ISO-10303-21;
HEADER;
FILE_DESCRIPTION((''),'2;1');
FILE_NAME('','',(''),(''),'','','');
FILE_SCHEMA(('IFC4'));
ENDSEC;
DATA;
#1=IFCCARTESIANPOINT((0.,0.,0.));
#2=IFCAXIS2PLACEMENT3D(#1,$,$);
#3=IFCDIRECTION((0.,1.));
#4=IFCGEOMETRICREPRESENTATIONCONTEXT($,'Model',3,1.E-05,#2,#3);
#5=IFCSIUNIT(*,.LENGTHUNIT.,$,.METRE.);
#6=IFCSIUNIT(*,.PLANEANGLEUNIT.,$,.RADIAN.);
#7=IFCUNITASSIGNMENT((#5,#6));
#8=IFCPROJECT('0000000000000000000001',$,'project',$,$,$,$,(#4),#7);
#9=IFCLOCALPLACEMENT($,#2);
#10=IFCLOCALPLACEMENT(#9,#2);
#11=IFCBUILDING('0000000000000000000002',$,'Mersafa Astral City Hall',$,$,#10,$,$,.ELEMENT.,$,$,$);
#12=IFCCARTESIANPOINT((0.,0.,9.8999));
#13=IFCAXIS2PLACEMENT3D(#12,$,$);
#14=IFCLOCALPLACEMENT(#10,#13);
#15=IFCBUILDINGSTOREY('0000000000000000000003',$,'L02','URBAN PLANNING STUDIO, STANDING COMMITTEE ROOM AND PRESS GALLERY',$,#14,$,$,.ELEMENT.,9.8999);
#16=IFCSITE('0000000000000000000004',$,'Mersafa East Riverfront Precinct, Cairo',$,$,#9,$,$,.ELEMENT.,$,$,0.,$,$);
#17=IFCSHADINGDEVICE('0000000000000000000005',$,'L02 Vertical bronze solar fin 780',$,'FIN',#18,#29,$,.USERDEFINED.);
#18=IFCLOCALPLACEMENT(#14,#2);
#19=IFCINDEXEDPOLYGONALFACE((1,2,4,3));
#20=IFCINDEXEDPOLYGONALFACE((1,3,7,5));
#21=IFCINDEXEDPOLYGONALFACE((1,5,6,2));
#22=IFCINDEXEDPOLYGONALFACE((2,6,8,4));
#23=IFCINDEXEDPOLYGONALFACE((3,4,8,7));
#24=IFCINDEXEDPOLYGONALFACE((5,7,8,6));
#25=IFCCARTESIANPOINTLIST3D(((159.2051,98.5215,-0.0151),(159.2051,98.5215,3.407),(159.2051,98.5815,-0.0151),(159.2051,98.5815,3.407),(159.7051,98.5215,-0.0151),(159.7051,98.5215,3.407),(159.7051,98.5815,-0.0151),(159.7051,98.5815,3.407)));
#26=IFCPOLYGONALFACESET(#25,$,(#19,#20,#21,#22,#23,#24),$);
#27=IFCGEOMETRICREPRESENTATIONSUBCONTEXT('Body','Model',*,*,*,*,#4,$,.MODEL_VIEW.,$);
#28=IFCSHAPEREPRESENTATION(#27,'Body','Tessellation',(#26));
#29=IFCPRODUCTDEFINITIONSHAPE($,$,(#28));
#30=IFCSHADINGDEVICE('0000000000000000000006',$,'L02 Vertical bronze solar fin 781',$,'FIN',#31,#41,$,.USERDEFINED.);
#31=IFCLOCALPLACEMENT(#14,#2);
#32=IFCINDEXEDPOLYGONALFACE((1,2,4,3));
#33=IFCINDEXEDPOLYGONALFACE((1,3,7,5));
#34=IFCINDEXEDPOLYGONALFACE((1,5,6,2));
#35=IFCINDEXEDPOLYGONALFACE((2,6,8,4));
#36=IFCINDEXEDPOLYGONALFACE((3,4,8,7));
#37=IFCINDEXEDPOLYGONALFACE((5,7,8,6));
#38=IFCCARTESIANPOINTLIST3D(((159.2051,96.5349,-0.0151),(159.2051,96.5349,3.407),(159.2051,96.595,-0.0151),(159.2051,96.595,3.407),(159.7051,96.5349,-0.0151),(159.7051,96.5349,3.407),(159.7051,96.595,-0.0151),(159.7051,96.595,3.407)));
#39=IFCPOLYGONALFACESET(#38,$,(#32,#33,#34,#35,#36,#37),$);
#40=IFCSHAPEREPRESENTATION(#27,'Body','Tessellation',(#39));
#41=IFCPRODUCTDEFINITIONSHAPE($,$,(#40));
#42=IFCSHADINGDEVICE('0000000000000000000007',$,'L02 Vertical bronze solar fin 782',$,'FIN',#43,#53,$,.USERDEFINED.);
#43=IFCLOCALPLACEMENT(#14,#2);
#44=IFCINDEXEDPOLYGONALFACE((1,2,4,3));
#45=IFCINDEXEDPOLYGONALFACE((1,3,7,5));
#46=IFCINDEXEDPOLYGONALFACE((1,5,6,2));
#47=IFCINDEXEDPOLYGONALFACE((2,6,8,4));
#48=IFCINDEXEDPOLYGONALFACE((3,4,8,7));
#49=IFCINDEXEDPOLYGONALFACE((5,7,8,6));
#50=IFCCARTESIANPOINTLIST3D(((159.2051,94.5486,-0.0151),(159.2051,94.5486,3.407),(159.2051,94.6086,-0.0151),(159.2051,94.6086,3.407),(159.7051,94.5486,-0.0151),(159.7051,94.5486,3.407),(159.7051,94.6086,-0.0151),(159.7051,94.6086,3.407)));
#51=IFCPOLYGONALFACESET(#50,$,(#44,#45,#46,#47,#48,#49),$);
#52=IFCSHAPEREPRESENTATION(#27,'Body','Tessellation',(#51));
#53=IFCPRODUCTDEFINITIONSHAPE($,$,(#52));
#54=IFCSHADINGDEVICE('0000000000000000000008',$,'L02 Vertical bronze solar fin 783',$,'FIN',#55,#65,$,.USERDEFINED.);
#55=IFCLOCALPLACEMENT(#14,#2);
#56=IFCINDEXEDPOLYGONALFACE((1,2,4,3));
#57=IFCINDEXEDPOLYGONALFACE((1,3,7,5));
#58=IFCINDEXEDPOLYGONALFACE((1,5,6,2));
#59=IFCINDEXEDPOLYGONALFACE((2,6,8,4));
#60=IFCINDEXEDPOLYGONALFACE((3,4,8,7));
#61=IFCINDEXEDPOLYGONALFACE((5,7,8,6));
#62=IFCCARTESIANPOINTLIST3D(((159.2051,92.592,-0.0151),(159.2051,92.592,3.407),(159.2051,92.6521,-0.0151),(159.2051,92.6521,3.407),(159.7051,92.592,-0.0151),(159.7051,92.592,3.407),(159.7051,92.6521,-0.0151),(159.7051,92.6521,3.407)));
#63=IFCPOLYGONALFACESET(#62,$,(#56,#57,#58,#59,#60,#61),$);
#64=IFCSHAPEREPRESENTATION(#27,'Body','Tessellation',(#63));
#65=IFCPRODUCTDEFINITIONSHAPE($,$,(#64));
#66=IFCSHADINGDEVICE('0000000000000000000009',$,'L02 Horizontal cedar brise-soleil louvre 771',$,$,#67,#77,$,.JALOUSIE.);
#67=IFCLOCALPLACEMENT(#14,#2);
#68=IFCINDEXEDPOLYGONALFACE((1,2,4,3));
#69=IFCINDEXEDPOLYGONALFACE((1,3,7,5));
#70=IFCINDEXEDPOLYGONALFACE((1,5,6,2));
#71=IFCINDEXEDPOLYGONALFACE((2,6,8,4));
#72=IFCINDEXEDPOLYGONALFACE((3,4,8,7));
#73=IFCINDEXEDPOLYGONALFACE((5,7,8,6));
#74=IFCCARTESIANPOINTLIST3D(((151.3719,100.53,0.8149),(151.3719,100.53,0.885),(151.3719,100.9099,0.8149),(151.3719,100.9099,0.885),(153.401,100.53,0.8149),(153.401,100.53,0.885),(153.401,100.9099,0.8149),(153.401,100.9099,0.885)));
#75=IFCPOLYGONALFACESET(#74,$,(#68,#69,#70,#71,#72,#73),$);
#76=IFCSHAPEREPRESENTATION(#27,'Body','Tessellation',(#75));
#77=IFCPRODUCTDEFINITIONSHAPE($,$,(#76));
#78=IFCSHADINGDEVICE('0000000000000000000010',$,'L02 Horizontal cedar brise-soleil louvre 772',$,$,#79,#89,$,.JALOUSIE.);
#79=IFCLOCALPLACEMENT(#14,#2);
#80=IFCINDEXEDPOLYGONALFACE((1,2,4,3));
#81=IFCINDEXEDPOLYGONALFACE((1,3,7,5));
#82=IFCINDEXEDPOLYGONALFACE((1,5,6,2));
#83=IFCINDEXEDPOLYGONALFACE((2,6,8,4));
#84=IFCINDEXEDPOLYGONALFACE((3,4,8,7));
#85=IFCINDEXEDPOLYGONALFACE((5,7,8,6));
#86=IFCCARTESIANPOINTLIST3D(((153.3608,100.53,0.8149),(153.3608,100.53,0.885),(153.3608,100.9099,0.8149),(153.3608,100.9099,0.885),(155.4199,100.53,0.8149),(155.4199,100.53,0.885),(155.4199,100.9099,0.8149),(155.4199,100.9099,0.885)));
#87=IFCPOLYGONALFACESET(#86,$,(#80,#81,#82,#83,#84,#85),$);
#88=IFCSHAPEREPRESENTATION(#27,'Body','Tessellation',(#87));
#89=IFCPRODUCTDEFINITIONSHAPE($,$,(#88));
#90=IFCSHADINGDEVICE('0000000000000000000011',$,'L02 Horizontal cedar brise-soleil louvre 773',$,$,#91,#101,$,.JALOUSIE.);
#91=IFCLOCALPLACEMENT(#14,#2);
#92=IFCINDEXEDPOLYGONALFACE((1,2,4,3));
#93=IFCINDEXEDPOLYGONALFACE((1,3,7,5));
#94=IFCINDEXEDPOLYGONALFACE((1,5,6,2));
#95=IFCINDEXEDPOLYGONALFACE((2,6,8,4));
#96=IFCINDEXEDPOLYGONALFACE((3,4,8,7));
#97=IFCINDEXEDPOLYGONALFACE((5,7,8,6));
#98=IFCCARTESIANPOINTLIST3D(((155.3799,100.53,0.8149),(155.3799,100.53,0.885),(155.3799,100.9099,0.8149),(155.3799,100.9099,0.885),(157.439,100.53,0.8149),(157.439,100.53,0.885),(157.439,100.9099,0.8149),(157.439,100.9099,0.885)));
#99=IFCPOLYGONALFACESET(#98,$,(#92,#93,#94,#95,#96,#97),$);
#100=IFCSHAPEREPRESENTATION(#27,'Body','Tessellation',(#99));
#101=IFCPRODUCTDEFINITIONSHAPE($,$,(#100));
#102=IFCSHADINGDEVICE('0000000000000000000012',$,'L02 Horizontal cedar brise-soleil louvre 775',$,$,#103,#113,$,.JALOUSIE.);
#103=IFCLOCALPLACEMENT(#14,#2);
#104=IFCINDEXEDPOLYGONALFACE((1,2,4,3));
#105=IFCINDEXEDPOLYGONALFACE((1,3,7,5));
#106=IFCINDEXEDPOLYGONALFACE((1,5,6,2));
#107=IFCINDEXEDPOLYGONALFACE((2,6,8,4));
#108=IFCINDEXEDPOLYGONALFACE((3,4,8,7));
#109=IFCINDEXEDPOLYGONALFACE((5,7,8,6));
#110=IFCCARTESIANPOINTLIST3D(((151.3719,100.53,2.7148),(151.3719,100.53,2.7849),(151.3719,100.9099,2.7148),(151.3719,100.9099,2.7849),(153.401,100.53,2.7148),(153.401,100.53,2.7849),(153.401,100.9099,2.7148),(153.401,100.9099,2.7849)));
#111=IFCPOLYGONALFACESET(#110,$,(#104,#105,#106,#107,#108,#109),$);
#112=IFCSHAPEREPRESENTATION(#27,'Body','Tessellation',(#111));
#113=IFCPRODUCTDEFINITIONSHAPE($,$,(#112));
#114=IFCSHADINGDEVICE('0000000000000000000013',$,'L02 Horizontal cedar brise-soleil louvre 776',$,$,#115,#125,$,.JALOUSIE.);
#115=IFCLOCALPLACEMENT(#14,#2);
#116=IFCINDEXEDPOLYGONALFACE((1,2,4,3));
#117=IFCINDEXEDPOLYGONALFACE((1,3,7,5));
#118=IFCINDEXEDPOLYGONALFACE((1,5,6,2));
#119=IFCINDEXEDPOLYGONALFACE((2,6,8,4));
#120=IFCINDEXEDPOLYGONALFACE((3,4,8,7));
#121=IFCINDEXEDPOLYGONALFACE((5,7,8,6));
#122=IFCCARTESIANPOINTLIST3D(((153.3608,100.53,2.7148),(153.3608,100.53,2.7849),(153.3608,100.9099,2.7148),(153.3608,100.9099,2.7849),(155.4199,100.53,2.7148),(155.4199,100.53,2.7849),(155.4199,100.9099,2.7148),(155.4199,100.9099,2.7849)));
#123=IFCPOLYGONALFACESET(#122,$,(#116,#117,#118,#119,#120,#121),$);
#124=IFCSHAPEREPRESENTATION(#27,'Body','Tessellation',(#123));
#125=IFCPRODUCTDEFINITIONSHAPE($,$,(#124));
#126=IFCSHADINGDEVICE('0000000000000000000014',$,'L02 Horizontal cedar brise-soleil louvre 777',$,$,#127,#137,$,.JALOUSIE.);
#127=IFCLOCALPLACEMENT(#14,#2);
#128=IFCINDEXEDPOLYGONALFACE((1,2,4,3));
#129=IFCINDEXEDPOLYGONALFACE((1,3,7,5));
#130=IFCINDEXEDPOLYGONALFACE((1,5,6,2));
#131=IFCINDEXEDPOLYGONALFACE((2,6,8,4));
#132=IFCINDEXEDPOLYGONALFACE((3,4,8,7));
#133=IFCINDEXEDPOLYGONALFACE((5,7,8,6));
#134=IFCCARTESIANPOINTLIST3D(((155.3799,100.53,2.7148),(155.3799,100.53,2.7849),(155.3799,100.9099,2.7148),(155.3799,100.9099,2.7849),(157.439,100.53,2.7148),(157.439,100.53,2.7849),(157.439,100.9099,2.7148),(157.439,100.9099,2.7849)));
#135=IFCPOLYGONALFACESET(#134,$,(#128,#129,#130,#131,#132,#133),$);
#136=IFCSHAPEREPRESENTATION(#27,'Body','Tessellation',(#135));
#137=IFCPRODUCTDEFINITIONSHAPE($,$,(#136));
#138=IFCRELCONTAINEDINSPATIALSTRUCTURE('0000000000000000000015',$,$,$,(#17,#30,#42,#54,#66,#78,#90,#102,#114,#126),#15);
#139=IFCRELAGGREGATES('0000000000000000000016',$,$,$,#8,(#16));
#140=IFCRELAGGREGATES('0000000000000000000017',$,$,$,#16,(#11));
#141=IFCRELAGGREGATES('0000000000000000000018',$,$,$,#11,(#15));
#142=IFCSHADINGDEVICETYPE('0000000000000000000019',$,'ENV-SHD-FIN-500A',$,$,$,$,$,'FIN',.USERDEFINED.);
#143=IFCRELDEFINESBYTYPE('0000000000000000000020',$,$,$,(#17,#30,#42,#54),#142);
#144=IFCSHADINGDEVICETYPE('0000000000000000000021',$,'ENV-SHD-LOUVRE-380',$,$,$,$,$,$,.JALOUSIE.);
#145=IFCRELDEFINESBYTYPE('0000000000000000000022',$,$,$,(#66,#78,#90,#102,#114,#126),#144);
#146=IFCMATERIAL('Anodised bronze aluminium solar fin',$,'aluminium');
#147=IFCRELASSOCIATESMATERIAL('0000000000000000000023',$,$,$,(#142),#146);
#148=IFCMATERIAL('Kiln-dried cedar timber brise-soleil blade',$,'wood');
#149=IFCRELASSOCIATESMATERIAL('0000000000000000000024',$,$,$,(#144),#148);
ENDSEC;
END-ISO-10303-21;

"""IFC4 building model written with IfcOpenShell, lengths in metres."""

from ifc_helpers import new_model, si_unit, direction, frame, origin, origin_2d, place, context, subcontext, project, spatial, rectangle, extrude, material, type_object, element, save


model = new_model("IFC4")

# Units and contexts
model_context = context("Model", 3, precision=1e-05, world=origin(), true_north=direction((0.0, 1.0)))
body_context = subcontext(model_context, "Body", "Model", "MODEL_VIEW")
ifc_project = project(units=[si_unit("LENGTHUNIT", "METRE"), si_unit("PLANEANGLEUNIT", "RADIAN")], contexts=[model_context])

# Site, building, storey
site_placement = place(None, origin())
site = spatial("IfcSite", under=ifc_project, at=site_placement, Name="Mersafa East Riverfront Precinct, Cairo", CompositionType="ELEMENT", RefElevation=0.0)
building_placement = place(site_placement, origin())
building = spatial("IfcBuilding", under=site, at=building_placement, Name="Mersafa Astral City Hall", CompositionType="ELEMENT")
storey_placement = place(building_placement, frame((0.0, 0.0, 9.8999)))
storey = spatial("IfcBuildingStorey", under=building, at=storey_placement, Name="L02", Description="URBAN PLANNING STUDIO, STANDING COMMITTEE ROOM AND PRESS GALLERY", CompositionType="ELEMENT", Elevation=9.8999)

# Shading devices
ifc_material_1 = material(Name="Anodised bronze aluminium solar fin", Category="aluminium")
shading_device_type_1 = type_object("IfcShadingDeviceType", Name="ENV-SHD-FIN-500A", ElementType="FIN", PredefinedType="USERDEFINED", material=ifc_material_1)
for number, where, z_axis, x_axis, name in (
    (1, (159.4551, 98.5515, -0.0151), (0.0, 0.0, 1.0), (0.0, -1.0, 0.0), "L02 Vertical bronze solar fin 780"),
    (2, (159.4551, 96.5649, -0.0151), (0.0, 0.0, 1.0), (0.0, -1.0, 0.0), "L02 Vertical bronze solar fin 781"),
    (3, (159.4551, 94.5786, -0.0151), (0.0, 0.0, 1.0), (0.0, -1.0, 0.0), "L02 Vertical bronze solar fin 782"),
    (4, (159.4551, 92.6221, -0.0151), (0.0, 0.0, 1.0), (0.0, -1.0, 0.0), "L02 Vertical bronze solar fin 783"),
):
    element("IfcShadingDevice", number, at=place(storey_placement, frame(where, z_axis=z_axis, x_axis=x_axis)), inside=storey, type_object=shading_device_type_1, Name=name, ObjectType="FIN", PredefinedType="USERDEFINED", context=body_context, shape_type="SweptSolid", body=[
        extrude(rectangle(XDim=0.0601, YDim=0.5, at=origin_2d()), origin(), (0.0, 0.0, 1.0), 3.4221),
    ])
ifc_material_2 = material(Name="Kiln-dried cedar timber brise-soleil blade", Category="wood")
shading_device_type_2 = type_object("IfcShadingDeviceType", Name="ENV-SHD-LOUVRE-380", PredefinedType="JALOUSIE", material=ifc_material_2)
shading_device_1_placement = place(storey_placement, frame((152.3865, 100.72, 0.8149), z_axis=(0.0, 0.0, 1.0), x_axis=(1.0, 0.0, 0.0)))
element("IfcShadingDevice", 5, at=shading_device_1_placement, inside=storey, type_object=shading_device_type_2, Name="L02 Horizontal cedar brise-soleil louvre 771", PredefinedType="JALOUSIE", context=body_context, shape_type="SweptSolid", body=[
    extrude(rectangle(XDim=2.0291, YDim=0.3799, at=origin_2d()), origin(), (0.0, 0.0, 1.0), 0.0701),
])
for number, where, z_axis, x_axis, name in (
    (6, (154.3904, 100.72, 0.8149), (0.0, 0.0, 1.0), (1.0, 0.0, 0.0), "L02 Horizontal cedar brise-soleil louvre 772"),
    (7, (156.4094, 100.72, 0.8149), (0.0, 0.0, 1.0), (1.0, 0.0, 0.0), "L02 Horizontal cedar brise-soleil louvre 773"),
):
    element("IfcShadingDevice", number, at=place(storey_placement, frame(where, z_axis=z_axis, x_axis=x_axis)), inside=storey, type_object=shading_device_type_2, Name=name, PredefinedType="JALOUSIE", context=body_context, shape_type="SweptSolid", body=[
        extrude(rectangle(XDim=2.0591, YDim=0.3799, at=origin_2d()), origin(), (0.0, 0.0, 1.0), 0.0701),
    ])
shading_device_2_placement = place(storey_placement, frame((152.3865, 100.72, 2.7148), z_axis=(0.0, 0.0, 1.0), x_axis=(1.0, 0.0, 0.0)))
element("IfcShadingDevice", 8, at=shading_device_2_placement, inside=storey, type_object=shading_device_type_2, Name="L02 Horizontal cedar brise-soleil louvre 775", PredefinedType="JALOUSIE", context=body_context, shape_type="SweptSolid", body=[
    extrude(rectangle(XDim=2.0291, YDim=0.3799, at=origin_2d()), origin(), (0.0, 0.0, 1.0), 0.0701),
])
for number, where, z_axis, x_axis, name in (
    (9, (154.3904, 100.72, 2.7148), (0.0, 0.0, 1.0), (1.0, 0.0, 0.0), "L02 Horizontal cedar brise-soleil louvre 776"),
    (10, (156.4094, 100.72, 2.7148), (0.0, 0.0, 1.0), (1.0, 0.0, 0.0), "L02 Horizontal cedar brise-soleil louvre 777"),
):
    element("IfcShadingDevice", number, at=place(storey_placement, frame(where, z_axis=z_axis, x_axis=x_axis)), inside=storey, type_object=shading_device_type_2, Name=name, PredefinedType="JALOUSIE", context=body_context, shape_type="SweptSolid", body=[
        extrude(rectangle(XDim=2.0591, YDim=0.3799, at=origin_2d()), origin(), (0.0, 0.0, 1.0), 0.0701),
    ])

save(model, "model.ifc")
